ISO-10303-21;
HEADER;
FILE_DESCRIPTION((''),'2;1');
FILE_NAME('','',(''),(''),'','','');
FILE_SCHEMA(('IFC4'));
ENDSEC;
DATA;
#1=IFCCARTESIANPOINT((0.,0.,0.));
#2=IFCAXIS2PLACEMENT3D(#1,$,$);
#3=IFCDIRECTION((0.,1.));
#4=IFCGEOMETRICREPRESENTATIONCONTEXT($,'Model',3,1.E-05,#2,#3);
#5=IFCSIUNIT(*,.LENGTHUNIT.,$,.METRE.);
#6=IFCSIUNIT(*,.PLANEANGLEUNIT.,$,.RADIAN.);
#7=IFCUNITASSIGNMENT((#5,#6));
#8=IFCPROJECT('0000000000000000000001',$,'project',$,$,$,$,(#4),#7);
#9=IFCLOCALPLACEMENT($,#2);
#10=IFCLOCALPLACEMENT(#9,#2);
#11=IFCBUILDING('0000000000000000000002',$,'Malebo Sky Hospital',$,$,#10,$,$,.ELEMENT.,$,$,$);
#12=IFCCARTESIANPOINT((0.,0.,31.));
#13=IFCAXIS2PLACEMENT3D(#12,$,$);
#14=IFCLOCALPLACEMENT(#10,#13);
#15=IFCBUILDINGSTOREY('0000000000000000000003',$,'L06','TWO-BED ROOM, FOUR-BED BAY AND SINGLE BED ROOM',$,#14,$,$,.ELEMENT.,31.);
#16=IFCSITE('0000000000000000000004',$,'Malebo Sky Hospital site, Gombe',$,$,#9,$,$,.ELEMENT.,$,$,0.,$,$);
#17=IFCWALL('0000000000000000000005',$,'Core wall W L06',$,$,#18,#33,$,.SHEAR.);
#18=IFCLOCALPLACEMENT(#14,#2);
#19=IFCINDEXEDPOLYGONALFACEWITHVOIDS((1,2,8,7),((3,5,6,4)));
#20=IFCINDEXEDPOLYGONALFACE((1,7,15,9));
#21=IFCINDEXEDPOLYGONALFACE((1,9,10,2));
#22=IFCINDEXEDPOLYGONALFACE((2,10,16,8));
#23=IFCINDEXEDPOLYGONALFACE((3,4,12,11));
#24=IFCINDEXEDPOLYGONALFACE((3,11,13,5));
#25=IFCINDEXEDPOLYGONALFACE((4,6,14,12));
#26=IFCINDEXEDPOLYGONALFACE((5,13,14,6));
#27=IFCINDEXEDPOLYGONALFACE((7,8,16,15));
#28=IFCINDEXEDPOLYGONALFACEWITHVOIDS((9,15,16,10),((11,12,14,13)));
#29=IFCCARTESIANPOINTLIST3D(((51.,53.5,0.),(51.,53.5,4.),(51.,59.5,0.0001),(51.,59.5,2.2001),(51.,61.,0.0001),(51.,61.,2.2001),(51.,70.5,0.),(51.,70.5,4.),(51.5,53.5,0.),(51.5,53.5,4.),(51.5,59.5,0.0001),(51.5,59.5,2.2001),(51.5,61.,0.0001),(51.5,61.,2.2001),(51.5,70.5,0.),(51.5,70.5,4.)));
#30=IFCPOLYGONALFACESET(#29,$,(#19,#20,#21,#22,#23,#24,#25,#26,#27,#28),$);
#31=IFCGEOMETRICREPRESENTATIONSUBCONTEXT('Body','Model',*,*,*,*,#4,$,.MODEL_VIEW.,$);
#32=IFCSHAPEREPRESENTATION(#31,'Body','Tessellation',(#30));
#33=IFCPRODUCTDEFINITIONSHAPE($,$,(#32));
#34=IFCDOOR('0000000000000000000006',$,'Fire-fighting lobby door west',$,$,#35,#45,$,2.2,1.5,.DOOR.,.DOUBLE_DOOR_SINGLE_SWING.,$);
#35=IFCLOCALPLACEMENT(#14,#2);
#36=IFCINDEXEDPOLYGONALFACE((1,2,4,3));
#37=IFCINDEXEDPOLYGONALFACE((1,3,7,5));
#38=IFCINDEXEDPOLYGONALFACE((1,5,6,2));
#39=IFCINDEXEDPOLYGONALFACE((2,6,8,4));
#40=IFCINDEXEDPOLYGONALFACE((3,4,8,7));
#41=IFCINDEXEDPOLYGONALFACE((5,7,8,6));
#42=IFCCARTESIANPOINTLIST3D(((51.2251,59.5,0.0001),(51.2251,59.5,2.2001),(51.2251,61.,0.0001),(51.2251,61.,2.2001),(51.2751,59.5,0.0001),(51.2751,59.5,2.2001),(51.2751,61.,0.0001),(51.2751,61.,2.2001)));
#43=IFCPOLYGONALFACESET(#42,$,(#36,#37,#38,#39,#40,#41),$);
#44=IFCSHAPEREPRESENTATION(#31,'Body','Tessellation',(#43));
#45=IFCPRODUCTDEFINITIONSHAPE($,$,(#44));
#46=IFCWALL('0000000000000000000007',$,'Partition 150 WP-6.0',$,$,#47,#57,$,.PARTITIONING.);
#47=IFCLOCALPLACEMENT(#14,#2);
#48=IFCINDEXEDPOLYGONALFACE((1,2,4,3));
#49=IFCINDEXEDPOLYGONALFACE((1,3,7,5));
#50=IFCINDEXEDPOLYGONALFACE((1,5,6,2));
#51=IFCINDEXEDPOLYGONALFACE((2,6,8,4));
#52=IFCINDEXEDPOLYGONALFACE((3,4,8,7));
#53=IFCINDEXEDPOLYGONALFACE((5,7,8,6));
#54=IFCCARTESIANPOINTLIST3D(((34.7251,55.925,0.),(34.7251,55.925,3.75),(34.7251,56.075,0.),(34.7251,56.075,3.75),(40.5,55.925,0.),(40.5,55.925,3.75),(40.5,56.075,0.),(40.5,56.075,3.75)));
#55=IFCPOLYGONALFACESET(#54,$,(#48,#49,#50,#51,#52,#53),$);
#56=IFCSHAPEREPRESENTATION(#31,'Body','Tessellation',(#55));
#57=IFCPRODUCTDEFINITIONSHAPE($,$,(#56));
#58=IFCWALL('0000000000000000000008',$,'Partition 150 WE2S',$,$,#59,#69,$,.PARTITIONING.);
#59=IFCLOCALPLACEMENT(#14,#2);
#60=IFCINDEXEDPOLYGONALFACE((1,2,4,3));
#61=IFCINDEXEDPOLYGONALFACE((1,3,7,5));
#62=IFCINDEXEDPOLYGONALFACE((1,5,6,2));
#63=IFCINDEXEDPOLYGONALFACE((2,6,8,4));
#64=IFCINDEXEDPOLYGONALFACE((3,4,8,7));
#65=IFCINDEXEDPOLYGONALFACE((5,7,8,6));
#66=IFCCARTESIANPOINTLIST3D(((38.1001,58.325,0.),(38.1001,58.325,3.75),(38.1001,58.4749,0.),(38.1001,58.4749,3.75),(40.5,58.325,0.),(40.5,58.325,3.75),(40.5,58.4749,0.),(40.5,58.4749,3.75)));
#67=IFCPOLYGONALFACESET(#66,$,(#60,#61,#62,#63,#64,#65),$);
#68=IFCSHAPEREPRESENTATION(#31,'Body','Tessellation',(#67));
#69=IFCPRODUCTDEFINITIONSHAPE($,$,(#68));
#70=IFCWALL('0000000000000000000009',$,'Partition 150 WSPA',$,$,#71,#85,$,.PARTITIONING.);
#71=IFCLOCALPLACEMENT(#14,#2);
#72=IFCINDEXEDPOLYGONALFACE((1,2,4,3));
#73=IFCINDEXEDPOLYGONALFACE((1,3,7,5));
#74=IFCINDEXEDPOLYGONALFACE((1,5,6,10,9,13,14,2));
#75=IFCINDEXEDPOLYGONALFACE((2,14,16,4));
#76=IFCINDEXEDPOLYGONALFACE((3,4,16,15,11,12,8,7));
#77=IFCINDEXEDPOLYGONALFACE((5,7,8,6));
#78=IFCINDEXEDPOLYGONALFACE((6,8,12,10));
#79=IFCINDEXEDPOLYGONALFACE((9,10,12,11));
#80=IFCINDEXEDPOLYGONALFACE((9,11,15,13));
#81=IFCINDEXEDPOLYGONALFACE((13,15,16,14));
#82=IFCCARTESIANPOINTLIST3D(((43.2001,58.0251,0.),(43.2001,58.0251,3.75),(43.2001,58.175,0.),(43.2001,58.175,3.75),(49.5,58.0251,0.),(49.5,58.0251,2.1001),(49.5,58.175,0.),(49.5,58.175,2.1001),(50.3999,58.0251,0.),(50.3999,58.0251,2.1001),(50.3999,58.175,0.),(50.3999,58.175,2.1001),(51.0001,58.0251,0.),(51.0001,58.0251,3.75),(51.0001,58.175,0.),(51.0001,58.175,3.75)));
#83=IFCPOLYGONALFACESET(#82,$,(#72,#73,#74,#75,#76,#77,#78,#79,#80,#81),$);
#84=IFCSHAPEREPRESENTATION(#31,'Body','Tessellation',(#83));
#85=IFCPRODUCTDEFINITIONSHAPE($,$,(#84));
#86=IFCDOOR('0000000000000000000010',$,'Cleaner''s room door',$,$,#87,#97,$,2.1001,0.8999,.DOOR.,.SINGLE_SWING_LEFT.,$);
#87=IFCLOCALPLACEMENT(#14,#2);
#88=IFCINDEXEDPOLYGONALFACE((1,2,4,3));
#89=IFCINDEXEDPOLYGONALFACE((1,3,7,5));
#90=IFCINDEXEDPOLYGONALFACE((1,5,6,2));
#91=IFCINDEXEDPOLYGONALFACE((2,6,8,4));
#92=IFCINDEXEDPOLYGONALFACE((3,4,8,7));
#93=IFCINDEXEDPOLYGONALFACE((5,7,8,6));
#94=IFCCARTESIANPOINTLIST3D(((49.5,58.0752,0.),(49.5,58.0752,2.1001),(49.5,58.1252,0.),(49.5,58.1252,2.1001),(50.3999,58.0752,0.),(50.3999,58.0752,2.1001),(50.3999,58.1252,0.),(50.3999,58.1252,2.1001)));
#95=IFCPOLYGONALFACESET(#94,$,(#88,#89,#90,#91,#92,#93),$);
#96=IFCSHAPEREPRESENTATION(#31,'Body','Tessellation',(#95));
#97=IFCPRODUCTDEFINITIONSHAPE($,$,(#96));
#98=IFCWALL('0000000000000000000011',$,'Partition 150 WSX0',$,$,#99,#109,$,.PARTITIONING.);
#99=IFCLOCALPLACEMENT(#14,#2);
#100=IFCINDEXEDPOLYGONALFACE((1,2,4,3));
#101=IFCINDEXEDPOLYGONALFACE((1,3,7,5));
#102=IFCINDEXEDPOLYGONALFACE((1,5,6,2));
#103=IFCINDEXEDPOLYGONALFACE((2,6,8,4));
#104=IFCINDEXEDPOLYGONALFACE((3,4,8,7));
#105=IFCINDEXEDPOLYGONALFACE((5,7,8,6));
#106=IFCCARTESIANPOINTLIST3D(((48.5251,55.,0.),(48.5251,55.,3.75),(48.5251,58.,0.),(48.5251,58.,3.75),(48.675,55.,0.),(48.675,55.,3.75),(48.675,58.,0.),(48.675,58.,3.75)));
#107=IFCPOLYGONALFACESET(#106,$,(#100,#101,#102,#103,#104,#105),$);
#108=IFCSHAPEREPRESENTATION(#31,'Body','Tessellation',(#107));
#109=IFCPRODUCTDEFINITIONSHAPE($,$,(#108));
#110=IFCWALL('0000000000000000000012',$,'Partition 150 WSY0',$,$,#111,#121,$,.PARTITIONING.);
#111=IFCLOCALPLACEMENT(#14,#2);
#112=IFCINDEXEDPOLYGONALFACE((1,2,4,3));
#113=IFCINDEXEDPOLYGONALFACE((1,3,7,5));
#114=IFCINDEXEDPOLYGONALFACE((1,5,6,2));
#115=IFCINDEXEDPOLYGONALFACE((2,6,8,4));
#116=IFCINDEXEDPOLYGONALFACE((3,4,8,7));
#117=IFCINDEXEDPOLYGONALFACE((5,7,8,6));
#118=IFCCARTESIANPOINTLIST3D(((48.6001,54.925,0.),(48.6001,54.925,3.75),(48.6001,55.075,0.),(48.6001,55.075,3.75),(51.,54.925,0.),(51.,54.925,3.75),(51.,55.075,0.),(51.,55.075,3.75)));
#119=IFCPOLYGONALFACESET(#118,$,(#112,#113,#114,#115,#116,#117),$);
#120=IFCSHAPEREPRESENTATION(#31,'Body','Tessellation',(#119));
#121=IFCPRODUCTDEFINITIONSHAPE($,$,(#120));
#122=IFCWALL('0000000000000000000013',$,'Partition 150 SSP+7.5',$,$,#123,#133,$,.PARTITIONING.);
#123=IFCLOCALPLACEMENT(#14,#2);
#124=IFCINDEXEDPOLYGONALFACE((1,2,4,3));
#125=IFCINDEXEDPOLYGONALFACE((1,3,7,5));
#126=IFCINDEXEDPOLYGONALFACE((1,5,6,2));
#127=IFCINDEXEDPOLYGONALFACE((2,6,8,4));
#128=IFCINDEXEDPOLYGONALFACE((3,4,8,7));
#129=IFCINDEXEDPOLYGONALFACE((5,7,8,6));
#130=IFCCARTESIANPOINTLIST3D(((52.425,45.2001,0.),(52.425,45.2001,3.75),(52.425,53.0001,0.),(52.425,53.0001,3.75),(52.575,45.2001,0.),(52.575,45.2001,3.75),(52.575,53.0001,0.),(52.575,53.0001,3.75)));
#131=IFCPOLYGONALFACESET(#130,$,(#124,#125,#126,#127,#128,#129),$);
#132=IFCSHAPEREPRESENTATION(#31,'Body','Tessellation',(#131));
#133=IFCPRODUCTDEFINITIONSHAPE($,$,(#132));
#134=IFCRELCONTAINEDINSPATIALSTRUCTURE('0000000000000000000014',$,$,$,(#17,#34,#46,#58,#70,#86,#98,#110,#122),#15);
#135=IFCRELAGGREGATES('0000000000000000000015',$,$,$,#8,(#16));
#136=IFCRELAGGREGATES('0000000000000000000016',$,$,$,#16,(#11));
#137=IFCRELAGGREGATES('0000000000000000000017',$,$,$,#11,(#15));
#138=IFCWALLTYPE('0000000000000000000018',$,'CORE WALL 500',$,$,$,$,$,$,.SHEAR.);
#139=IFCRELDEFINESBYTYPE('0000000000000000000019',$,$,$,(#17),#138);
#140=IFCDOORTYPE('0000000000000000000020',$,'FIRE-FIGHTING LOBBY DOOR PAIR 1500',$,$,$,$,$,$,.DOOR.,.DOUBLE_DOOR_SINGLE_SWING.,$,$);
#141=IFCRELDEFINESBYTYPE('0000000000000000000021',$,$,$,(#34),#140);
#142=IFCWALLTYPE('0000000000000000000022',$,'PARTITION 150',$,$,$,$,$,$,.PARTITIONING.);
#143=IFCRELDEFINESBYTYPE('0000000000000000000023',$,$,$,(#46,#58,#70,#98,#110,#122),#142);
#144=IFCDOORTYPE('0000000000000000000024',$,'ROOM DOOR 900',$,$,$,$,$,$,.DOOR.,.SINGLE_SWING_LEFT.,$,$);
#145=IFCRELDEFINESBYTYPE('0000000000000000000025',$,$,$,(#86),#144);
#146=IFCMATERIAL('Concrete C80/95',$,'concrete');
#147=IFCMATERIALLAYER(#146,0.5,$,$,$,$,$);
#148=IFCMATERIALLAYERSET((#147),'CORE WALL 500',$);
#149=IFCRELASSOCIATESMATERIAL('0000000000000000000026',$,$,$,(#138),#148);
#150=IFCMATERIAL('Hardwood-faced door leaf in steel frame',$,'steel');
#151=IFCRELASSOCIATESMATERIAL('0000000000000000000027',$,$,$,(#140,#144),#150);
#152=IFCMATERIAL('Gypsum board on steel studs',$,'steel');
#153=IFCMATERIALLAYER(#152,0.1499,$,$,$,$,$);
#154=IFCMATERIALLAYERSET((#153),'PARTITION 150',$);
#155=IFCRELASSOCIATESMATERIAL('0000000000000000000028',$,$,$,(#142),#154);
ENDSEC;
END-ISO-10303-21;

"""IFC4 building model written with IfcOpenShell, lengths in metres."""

from ifc_helpers import new_model, si_unit, direction, frame, frame_2d, origin, place, context, subcontext, project, spatial, rectangle, extrude, material, layer, layer_set, type_object, element, fill, save


model = new_model("IFC4")

# Units and contexts
model_context = context("Model", 3, precision=1e-05, world=origin(), true_north=direction((0.0, 1.0)))
body_context = subcontext(model_context, "Body", "Model", "MODEL_VIEW")
ifc_project = project(units=[si_unit("LENGTHUNIT", "METRE"), si_unit("PLANEANGLEUNIT", "RADIAN")], contexts=[model_context])

# Site, building, storey
site_placement = place(None, origin())
site = spatial("IfcSite", under=ifc_project, at=site_placement, Name="Malebo Sky Hospital site, Gombe", CompositionType="ELEMENT", RefElevation=0.0)
building_placement = place(site_placement, origin())
building = spatial("IfcBuilding", under=site, at=building_placement, Name="Malebo Sky Hospital", CompositionType="ELEMENT")
storey_placement = place(building_placement, frame((0.0, 0.0, 31.0)))
storey = spatial("IfcBuildingStorey", under=building, at=storey_placement, Name="L06", Description="TWO-BED ROOM, FOUR-BED BAY AND SINGLE BED ROOM", CompositionType="ELEMENT", Elevation=31.0)

# Shared definitions
ifc_material_1 = material(Name="Concrete C80/95", Category="concrete")

# Wall, opening, door
ifc_layer_1 = layer(ifc_material_1, 0.5)
ifc_layer_set_1 = layer_set([ifc_layer_1], Name="CORE WALL 500")
wall_type_1 = type_object("IfcWallType", Name="CORE WALL 500", PredefinedType="SHEAR", material=ifc_layer_set_1)
ifc_material_2 = material(Name="Hardwood-faced door leaf in steel frame", Category="steel")
wall_1_placement = place(storey_placement, frame((51.25, 53.5, 0.0), z_axis=(0.0, 0.0, 1.0), x_axis=(0.0, 1.0, 0.0)))
wall_1 = element("IfcWall", 1, at=wall_1_placement, inside=storey, type_object=wall_type_1, Name="Core wall W L06", PredefinedType="SHEAR", context=body_context, shape_type="SweptSolid", body=[
    extrude(rectangle(XDim=17.0, YDim=0.5, at=frame_2d((8.5, 0.0))), origin(), (0.0, 0.0, 1.0), 4.0),
])
opening_1_placement = place(wall_1_placement, frame((6.0, 0.0, 0.0)))
opening_1 = element("IfcOpeningElement", 2, at=opening_1_placement, cuts=wall_1, PredefinedType="OPENING", context=body_context, shape_type="SweptSolid", body=[
    extrude(rectangle(XDim=1.5, YDim=2.2, at=frame_2d((0.75, 1.1001))), frame((0.0, 0.26, 0.0), z_axis=(0.0, -1.0, 0.0), x_axis=(1.0, 0.0, 0.0)), (0.0, 0.0, 1.0), 0.52),
])
door_type_1 = type_object("IfcDoorType", Name="FIRE-FIGHTING LOBBY DOOR PAIR 1500", OperationType="DOUBLE_DOOR_SINGLE_SWING", PredefinedType="DOOR", material=ifc_material_2)
door_1_placement = place(opening_1_placement, origin())
door_1 = element("IfcDoor", 3, at=door_1_placement, inside=storey, type_object=door_type_1, Name="Fire-fighting lobby door west", OperationType="DOUBLE_DOOR_SINGLE_SWING", OverallHeight=2.2, OverallWidth=1.5, PredefinedType="DOOR", context=body_context, shape_type="SweptSolid", body=[
    extrude(rectangle(XDim=1.5, YDim=2.2, at=frame_2d((0.75, 1.1001))), frame((0.0, 0.0249, 0.0), z_axis=(0.0, -1.0, 0.0), x_axis=(1.0, 0.0, 0.0)), (0.0, 0.0, 1.0), 0.05),
])
fill(opening_1, door_1)

# Walls
ifc_material_3 = material(Name="Gypsum board on steel studs", Category="steel")
ifc_layer_2 = layer(ifc_material_3, 0.1499)
ifc_layer_set_2 = layer_set([ifc_layer_2], Name="PARTITION 150")
wall_type_2 = type_object("IfcWallType", Name="PARTITION 150", PredefinedType="PARTITIONING", material=ifc_layer_set_2)
wall_2_placement = place(storey_placement, frame((40.5, 56.0, 0.0), z_axis=(0.0, 0.0, 1.0), x_axis=(-1.0, 0.0, 0.0)))
element("IfcWall", 4, at=wall_2_placement, inside=storey, type_object=wall_type_2, Name="Partition 150 WP-6.0", PredefinedType="PARTITIONING", context=body_context, shape_type="SweptSolid", body=[
    extrude(rectangle(XDim=5.7749, YDim=0.1499, at=frame_2d((2.8875, 0.0))), origin(), (0.0, 0.0, 1.0), 3.75),
])
wall_3_placement = place(storey_placement, frame((40.5, 58.3999, 0.0), z_axis=(0.0, 0.0, 1.0), x_axis=(-1.0, 0.0, 0.0)))
element("IfcWall", 5, at=wall_3_placement, inside=storey, type_object=wall_type_2, Name="Partition 150 WE2S", PredefinedType="PARTITIONING", context=body_context, shape_type="SweptSolid", body=[
    extrude(rectangle(XDim=2.3999, YDim=0.1499, at=frame_2d((1.2, 0.0))), origin(), (0.0, 0.0, 1.0), 3.75),
])

# Wall, opening, door
wall_4_placement = place(storey_placement, frame((51.0, 58.1001, 0.0), z_axis=(0.0, 0.0, 1.0), x_axis=(-1.0, 0.0, 0.0)))
wall_4 = element("IfcWall", 6, at=wall_4_placement, inside=storey, type_object=wall_type_2, Name="Partition 150 WSPA", PredefinedType="PARTITIONING", context=body_context, shape_type="SweptSolid", body=[
    extrude(rectangle(XDim=7.8, YDim=0.1499, at=frame_2d((3.8999, 0.0))), origin(), (0.0, 0.0, 1.0), 3.75),
])
opening_2_placement = place(wall_4_placement, frame((0.6001, 0.0, 0.0)))
opening_2 = element("IfcOpeningElement", 7, at=opening_2_placement, cuts=wall_4, PredefinedType="OPENING", context=body_context, shape_type="SweptSolid", body=[
    extrude(rectangle(XDim=0.8999, YDim=2.1001, at=frame_2d((0.45, 1.05))), frame((0.0, 0.085, 0.0), z_axis=(0.0, -1.0, 0.0), x_axis=(1.0, 0.0, 0.0)), (0.0, 0.0, 1.0), 0.1699),
])
door_type_2 = type_object("IfcDoorType", Name="ROOM DOOR 900", OperationType="SINGLE_SWING_LEFT", PredefinedType="DOOR", material=ifc_material_2)
door_2_placement = place(opening_2_placement, origin())
door_2 = element("IfcDoor", 8, at=door_2_placement, inside=storey, type_object=door_type_2, Name="Cleaner's room door", OperationType="SINGLE_SWING_LEFT", OverallHeight=2.1001, OverallWidth=0.8999, PredefinedType="DOOR", context=body_context, shape_type="SweptSolid", body=[
    extrude(rectangle(XDim=0.8999, YDim=2.1001, at=frame_2d((0.45, 1.05))), frame((0.0, 0.0249, 0.0), z_axis=(0.0, -1.0, 0.0), x_axis=(1.0, 0.0, 0.0)), (0.0, 0.0, 1.0), 0.05),
])
fill(opening_2, door_2)

# Walls
wall_5_placement = place(storey_placement, frame((48.6001, 55.0, 0.0), z_axis=(0.0, 0.0, 1.0), x_axis=(0.0, 1.0, 0.0)))
element("IfcWall", 9, at=wall_5_placement, inside=storey, type_object=wall_type_2, Name="Partition 150 WSX0", PredefinedType="PARTITIONING", context=body_context, shape_type="SweptSolid", body=[
    extrude(rectangle(XDim=3.0, YDim=0.1499, at=frame_2d((1.5, 0.0))), origin(), (0.0, 0.0, 1.0), 3.75),
])
wall_6_placement = place(storey_placement, frame((51.0, 55.0, 0.0), z_axis=(0.0, 0.0, 1.0), x_axis=(-1.0, 0.0, 0.0)))
element("IfcWall", 10, at=wall_6_placement, inside=storey, type_object=wall_type_2, Name="Partition 150 WSY0", PredefinedType="PARTITIONING", context=body_context, shape_type="SweptSolid", body=[
    extrude(rectangle(XDim=2.3999, YDim=0.1499, at=frame_2d((1.2, 0.0))), origin(), (0.0, 0.0, 1.0), 3.75),
])
wall_7_placement = place(storey_placement, frame((52.5, 53.0, 0.0), z_axis=(0.0, 0.0, 1.0), x_axis=(0.0, -1.0, 0.0)))
element("IfcWall", 11, at=wall_7_placement, inside=storey, type_object=wall_type_2, Name="Partition 150 SSP+7.5", PredefinedType="PARTITIONING", context=body_context, shape_type="SweptSolid", body=[
    extrude(rectangle(XDim=7.8, YDim=0.1499, at=frame_2d((3.8999, 0.0))), origin(), (0.0, 0.0, 1.0), 3.75),
])

save(model, "model.ifc")
